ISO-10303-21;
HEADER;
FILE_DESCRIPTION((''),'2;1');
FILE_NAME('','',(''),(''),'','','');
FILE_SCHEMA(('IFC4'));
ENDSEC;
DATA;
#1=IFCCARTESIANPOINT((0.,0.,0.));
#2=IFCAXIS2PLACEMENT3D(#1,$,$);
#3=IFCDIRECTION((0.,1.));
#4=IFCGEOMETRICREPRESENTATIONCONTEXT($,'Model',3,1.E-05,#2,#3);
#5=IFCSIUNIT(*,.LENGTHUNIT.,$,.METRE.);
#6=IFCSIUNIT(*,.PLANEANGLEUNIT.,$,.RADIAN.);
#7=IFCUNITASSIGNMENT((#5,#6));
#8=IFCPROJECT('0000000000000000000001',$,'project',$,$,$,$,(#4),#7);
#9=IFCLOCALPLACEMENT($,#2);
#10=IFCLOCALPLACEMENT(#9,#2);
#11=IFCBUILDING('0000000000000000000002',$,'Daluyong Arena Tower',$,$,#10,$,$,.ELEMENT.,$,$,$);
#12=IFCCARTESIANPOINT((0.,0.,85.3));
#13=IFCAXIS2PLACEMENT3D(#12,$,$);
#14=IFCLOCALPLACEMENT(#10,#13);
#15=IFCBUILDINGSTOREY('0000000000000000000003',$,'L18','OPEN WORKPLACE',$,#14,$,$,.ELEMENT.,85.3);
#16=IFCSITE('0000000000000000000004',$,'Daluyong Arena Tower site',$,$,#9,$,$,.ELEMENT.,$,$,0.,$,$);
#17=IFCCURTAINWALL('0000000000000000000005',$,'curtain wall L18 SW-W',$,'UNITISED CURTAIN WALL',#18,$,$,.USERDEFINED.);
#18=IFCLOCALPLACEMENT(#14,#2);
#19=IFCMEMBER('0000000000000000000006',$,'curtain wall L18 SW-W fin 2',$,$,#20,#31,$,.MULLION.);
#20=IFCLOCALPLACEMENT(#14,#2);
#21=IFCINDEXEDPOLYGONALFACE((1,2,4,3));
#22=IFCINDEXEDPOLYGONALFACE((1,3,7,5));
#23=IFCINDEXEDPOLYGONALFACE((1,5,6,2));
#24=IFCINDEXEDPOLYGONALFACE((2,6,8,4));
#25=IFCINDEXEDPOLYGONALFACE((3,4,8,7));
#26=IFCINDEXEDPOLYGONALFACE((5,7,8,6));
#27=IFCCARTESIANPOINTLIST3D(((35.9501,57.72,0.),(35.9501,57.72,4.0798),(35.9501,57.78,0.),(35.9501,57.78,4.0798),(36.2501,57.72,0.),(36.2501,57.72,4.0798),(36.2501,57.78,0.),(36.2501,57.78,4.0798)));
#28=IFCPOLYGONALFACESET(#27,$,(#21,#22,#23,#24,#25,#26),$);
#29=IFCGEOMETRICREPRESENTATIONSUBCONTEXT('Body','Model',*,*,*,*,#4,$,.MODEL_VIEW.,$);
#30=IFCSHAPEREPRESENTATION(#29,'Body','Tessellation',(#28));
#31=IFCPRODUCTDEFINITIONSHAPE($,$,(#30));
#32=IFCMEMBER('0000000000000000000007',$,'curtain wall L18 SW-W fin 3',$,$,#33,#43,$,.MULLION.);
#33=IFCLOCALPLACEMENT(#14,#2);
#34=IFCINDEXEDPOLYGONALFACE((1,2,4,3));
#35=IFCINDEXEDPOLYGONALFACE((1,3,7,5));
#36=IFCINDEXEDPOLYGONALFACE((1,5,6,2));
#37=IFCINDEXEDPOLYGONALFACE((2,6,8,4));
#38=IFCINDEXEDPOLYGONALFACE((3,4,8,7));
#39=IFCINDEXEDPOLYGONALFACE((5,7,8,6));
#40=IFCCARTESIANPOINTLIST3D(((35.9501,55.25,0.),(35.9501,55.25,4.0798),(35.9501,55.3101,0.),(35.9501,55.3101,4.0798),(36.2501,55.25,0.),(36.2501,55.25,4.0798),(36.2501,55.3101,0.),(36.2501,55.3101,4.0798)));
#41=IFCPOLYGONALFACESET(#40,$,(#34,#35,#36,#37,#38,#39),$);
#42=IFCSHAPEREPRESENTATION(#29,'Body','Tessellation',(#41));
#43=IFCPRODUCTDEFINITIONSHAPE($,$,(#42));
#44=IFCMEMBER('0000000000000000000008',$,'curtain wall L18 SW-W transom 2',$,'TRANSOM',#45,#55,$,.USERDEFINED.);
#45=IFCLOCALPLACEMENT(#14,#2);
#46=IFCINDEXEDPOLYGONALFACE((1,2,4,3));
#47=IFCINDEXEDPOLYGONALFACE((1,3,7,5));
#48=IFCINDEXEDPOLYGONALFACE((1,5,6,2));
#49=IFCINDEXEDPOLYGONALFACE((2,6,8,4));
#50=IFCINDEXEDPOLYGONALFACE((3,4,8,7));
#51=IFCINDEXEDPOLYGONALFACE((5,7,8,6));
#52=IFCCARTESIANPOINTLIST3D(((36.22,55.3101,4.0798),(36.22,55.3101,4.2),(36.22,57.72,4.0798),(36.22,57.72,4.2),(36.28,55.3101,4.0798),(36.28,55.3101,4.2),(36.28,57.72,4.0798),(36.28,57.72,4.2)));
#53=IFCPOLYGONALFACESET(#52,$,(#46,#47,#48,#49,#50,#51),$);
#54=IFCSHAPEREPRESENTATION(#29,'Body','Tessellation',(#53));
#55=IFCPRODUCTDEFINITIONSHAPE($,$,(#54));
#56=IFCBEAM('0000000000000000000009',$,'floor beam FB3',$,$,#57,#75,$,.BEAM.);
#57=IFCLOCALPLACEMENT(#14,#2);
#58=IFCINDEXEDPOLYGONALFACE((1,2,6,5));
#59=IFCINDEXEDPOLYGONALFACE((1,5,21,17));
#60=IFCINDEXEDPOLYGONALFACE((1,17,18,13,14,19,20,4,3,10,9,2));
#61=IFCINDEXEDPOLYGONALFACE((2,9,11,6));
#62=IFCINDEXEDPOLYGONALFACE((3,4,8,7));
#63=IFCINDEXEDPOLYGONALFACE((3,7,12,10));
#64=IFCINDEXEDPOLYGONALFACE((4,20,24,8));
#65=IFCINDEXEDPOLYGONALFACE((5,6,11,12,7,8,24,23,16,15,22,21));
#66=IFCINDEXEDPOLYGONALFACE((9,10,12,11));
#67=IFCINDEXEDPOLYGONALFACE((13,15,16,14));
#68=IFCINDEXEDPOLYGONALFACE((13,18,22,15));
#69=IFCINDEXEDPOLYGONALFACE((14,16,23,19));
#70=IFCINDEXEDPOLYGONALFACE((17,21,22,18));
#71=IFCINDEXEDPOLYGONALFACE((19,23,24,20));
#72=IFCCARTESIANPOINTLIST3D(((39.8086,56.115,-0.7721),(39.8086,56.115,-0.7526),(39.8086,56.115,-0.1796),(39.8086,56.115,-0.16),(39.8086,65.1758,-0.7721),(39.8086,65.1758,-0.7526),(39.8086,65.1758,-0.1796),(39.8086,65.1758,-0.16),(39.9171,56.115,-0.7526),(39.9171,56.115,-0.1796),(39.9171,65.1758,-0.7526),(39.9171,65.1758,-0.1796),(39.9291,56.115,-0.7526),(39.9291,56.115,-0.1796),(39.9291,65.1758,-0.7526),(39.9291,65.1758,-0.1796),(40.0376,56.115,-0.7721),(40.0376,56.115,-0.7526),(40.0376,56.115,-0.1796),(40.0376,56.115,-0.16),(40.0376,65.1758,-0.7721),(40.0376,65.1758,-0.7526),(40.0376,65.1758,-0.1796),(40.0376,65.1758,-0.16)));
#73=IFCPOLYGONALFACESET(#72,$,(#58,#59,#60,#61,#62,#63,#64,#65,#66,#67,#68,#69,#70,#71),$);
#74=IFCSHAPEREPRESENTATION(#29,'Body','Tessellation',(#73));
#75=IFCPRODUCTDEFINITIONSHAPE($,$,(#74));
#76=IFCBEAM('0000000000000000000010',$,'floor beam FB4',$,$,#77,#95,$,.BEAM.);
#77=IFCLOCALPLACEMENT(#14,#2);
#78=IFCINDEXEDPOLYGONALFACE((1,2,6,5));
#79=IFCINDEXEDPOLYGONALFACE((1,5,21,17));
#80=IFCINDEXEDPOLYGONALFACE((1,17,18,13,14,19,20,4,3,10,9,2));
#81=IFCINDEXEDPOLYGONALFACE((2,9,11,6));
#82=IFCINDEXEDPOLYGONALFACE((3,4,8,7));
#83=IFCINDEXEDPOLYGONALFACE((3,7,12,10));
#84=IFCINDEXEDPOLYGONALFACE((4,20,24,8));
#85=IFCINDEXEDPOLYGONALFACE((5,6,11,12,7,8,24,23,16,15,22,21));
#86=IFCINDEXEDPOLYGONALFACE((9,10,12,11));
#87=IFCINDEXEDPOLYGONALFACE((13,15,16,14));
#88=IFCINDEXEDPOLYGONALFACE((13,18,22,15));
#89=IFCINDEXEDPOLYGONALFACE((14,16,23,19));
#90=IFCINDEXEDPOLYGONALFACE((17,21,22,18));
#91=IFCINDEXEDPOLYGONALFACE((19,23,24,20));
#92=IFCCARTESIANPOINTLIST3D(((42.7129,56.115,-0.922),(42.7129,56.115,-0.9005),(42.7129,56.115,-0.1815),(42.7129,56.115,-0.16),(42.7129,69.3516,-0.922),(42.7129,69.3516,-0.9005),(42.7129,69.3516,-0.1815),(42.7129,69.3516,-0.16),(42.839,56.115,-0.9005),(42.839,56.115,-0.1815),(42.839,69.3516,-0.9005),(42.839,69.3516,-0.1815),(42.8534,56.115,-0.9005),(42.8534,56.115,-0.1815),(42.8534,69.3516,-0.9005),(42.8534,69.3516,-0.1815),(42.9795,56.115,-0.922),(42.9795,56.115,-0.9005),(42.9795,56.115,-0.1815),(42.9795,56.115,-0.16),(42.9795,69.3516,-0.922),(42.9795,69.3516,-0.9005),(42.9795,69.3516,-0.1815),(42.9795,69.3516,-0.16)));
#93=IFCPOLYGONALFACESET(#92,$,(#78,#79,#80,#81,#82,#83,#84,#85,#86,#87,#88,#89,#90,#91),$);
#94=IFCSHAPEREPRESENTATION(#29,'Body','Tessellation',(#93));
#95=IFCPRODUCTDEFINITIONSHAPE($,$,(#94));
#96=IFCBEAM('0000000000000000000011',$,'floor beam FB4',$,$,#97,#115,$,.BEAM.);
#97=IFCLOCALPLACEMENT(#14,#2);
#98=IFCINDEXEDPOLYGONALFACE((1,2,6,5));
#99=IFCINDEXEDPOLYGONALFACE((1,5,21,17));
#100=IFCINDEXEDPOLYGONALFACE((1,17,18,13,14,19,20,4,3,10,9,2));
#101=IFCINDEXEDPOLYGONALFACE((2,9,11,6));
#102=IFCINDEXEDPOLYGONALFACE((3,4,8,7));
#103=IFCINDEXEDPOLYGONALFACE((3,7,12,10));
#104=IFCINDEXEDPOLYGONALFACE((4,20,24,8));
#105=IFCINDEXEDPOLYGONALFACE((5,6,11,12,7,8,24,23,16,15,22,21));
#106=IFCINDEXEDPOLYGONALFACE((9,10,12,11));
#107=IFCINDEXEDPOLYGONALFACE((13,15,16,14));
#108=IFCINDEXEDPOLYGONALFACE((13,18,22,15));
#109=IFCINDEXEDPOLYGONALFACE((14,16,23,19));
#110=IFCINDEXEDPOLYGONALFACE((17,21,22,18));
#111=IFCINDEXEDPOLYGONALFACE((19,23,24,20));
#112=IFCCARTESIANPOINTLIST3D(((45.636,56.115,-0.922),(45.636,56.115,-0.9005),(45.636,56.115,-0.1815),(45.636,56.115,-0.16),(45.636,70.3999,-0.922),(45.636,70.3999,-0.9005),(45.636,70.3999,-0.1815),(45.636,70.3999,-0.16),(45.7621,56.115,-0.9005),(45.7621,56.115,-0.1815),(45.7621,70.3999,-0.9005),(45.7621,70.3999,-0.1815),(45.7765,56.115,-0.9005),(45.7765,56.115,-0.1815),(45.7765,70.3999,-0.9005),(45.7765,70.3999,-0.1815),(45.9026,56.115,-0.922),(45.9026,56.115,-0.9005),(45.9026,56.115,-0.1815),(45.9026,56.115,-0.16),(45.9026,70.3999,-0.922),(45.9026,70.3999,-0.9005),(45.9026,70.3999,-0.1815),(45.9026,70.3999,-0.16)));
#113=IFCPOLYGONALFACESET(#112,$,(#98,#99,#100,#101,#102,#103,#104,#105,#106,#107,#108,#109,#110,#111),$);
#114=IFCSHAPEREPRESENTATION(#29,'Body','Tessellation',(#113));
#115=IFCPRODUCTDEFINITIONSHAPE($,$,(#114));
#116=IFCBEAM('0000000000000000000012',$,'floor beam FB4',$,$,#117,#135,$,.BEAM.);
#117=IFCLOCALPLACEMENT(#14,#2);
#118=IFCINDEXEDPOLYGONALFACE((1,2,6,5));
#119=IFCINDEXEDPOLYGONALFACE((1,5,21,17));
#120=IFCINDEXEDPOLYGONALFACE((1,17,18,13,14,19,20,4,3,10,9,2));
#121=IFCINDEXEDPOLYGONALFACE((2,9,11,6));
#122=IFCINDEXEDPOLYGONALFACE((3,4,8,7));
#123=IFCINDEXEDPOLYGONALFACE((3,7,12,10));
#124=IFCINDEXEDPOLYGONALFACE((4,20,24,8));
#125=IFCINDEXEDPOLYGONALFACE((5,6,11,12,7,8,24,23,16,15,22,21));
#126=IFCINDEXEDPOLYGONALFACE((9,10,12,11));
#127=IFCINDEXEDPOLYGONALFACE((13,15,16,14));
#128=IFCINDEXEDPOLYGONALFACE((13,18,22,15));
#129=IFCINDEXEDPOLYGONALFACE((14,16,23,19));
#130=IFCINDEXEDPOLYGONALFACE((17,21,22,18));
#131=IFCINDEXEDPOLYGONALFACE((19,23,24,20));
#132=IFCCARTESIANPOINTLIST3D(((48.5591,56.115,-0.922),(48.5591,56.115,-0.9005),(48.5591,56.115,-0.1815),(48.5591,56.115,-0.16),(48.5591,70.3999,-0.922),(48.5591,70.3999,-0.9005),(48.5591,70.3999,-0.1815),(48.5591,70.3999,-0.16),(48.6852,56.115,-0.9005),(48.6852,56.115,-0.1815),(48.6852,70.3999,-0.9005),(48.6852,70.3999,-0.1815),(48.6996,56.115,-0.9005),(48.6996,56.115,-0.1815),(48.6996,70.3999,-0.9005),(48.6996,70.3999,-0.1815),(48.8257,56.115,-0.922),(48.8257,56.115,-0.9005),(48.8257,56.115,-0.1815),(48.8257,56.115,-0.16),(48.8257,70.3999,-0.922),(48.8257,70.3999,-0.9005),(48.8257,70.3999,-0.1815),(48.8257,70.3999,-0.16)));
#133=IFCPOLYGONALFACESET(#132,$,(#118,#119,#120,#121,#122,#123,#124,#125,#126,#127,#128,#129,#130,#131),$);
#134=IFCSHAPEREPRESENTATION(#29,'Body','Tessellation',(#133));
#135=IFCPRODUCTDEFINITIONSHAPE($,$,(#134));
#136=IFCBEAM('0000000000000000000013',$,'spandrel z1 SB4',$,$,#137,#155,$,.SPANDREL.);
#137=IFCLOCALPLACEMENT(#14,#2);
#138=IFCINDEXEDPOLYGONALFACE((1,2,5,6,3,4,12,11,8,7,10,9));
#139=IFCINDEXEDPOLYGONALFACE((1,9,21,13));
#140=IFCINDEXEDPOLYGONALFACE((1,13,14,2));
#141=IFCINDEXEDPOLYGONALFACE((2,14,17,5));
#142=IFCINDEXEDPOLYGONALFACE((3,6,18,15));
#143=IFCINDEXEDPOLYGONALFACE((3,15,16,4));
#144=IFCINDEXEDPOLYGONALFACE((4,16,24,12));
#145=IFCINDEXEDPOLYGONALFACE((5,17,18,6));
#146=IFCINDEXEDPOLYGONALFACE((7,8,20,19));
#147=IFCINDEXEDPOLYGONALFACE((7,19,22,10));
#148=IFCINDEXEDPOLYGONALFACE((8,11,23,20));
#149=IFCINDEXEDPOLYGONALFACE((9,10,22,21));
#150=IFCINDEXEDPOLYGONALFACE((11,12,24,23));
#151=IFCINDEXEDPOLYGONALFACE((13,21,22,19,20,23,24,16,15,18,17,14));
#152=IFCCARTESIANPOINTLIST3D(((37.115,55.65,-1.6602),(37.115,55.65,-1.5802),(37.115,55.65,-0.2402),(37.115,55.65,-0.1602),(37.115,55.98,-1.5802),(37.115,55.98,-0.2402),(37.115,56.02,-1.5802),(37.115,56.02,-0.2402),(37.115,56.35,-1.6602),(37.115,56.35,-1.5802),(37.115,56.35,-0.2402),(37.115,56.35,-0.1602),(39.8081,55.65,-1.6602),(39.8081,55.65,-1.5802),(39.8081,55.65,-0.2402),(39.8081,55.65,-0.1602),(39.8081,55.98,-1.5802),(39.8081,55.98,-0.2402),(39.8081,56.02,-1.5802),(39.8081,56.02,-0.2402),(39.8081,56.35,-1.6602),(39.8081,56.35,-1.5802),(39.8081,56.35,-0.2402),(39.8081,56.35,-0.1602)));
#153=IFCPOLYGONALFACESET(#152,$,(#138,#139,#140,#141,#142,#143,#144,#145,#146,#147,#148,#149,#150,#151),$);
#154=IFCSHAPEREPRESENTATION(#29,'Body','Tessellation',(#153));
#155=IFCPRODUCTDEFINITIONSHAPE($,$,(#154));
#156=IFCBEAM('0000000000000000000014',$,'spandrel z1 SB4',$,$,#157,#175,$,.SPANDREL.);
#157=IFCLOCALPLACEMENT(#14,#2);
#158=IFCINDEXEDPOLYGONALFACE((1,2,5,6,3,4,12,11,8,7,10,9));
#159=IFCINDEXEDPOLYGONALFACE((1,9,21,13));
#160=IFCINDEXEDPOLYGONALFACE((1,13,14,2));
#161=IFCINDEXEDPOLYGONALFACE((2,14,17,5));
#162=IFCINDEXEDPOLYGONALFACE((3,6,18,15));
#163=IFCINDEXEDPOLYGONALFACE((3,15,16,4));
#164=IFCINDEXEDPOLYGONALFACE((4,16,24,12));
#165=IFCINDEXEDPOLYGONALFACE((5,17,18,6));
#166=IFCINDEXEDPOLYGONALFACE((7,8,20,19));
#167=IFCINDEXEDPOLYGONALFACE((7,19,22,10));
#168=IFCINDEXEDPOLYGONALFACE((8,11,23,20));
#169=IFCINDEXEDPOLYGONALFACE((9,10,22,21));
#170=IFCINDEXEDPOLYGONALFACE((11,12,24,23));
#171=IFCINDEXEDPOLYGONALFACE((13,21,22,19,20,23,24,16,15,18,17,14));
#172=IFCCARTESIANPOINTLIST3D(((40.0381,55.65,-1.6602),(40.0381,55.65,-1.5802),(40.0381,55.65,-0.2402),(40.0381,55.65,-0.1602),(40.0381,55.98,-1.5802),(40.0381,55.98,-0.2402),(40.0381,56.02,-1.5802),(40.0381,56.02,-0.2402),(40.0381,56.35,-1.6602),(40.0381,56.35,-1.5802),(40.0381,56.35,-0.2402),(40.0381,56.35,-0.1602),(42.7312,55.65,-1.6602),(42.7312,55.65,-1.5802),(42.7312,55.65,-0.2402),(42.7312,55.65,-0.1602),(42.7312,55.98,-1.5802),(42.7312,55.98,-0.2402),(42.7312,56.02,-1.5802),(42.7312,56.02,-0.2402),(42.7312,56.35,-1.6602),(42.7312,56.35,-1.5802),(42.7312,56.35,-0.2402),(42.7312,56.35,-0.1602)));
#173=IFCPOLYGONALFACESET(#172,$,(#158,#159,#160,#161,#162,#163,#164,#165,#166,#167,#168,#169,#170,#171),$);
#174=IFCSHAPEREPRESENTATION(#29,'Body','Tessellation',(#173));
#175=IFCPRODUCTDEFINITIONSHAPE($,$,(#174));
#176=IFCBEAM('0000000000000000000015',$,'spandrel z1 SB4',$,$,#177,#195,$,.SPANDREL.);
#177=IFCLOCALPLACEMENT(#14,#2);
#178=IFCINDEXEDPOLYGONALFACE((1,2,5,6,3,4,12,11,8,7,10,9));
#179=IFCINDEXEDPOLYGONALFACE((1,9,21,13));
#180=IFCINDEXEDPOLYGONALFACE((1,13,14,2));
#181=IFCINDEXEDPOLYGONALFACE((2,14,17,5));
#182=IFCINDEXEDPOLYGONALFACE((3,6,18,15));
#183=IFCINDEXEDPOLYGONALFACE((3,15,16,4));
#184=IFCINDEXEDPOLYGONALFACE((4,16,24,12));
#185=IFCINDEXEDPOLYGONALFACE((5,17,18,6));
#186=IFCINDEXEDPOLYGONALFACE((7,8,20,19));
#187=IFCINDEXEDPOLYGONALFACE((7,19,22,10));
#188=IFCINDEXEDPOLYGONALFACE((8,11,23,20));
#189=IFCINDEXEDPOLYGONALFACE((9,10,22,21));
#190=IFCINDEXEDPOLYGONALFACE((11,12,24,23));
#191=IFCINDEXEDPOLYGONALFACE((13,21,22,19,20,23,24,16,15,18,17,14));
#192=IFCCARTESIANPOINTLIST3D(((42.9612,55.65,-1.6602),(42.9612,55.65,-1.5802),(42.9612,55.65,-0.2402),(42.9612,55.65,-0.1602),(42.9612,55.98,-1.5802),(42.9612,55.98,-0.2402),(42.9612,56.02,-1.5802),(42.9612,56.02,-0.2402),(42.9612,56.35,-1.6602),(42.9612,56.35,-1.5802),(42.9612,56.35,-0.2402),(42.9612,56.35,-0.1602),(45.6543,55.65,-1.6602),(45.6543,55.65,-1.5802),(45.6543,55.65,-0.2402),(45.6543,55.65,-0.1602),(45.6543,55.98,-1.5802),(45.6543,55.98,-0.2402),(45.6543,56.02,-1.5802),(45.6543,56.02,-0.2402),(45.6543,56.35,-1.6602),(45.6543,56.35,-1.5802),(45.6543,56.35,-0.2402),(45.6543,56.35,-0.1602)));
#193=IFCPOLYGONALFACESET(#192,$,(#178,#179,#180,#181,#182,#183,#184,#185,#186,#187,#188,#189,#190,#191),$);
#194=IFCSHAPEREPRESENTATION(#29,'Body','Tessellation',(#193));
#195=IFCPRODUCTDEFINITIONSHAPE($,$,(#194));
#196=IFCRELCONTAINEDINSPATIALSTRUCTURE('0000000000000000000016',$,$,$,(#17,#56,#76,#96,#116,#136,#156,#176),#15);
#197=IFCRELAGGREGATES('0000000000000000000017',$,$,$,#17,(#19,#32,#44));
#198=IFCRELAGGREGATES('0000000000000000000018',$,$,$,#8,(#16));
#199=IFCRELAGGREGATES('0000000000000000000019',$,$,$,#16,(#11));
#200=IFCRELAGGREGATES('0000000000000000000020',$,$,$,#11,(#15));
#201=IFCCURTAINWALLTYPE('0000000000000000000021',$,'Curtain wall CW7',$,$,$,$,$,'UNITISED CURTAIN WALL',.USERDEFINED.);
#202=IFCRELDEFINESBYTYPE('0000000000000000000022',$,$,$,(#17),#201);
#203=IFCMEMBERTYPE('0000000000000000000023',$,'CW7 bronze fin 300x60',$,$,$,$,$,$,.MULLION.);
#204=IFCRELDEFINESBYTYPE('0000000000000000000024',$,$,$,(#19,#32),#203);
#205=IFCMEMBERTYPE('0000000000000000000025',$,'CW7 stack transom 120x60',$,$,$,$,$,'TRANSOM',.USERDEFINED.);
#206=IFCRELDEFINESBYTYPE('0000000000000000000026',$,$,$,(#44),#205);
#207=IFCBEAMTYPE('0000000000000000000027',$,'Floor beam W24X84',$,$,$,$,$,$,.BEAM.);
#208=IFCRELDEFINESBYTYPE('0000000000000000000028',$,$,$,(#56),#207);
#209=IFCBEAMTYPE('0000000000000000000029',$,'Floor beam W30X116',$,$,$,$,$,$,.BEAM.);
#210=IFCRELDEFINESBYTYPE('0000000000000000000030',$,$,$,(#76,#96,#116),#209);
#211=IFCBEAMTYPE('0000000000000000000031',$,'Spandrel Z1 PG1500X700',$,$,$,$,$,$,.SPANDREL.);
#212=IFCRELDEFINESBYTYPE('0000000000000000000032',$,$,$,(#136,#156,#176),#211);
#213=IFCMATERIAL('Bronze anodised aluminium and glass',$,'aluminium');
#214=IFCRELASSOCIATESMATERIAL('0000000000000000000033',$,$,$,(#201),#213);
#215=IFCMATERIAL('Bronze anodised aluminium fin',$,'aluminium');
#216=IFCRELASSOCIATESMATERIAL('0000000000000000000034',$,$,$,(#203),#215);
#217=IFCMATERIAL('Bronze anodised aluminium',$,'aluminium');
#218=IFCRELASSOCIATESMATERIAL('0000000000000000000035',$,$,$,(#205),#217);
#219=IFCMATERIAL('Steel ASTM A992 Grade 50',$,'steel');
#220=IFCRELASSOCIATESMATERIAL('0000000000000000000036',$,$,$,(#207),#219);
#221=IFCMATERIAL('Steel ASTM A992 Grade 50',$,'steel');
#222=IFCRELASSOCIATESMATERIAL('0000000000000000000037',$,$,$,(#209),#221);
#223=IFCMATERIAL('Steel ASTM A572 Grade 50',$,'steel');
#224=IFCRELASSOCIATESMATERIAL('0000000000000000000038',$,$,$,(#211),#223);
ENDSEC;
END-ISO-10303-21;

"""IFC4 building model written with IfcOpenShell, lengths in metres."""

from ifc_helpers import new_model, si_unit, direction, frame, origin, origin_2d, place, context, subcontext, project, spatial, rectangle, i_section, extrude, material, material_profile, profile_set, type_object, element, aggregate, save


model = new_model("IFC4")

# Units and contexts
model_context = context("Model", 3, precision=1e-05, world=origin(), true_north=direction((0.0, 1.0)))
body_context = subcontext(model_context, "Body", "Model", "MODEL_VIEW")
ifc_project = project(units=[si_unit("LENGTHUNIT", "METRE"), si_unit("PLANEANGLEUNIT", "RADIAN")], contexts=[model_context])

# Site, building, storey
site_placement = place(None, origin())
site = spatial("IfcSite", under=ifc_project, at=site_placement, Name="Daluyong Arena Tower site", CompositionType="ELEMENT", RefElevation=0.0)
building_placement = place(site_placement, origin())
building = spatial("IfcBuilding", under=site, at=building_placement, Name="Daluyong Arena Tower", CompositionType="ELEMENT")
storey_placement = place(building_placement, frame((0.0, 0.0, 85.3)))
storey = spatial("IfcBuildingStorey", under=building, at=storey_placement, Name="L18", Description="OPEN WORKPLACE", CompositionType="ELEMENT", Elevation=85.3)

# Curtain wall, members
ifc_material_1 = material(Name="Bronze anodised aluminium and glass", Category="aluminium")
curtain_wall_type_1 = type_object("IfcCurtainWallType", Name="Curtain wall CW7", ElementType="UNITISED CURTAIN WALL", PredefinedType="USERDEFINED", material=ifc_material_1)
curtain_wall_1_placement = place(storey_placement, origin())
curtain_wall_1 = element("IfcCurtainWall", 1, at=curtain_wall_1_placement, inside=storey, type_object=curtain_wall_type_1, Name="curtain wall L18 SW-W", ObjectType="UNITISED CURTAIN WALL", PredefinedType="USERDEFINED")
ifc_material_2 = material(Name="Bronze anodised aluminium fin", Category="aluminium")
ifc_material_profile_1 = material_profile(ifc_material_2, rectangle(XDim=0.3, YDim=0.0601, at=origin_2d()))
ifc_profile_set_1 = profile_set([ifc_material_profile_1], Name="Bronze anodised aluminium fin")
member_type_1 = type_object("IfcMemberType", Name="CW7 bronze fin 300x60", PredefinedType="MULLION", material=ifc_profile_set_1)
member_1_placement = place(storey_placement, frame((36.1001, 57.75, 0.0), z_axis=(0.0, 0.0, 1.0), x_axis=(1.0, 0.0, 0.0)))
member_1 = element("IfcMember", 2, at=member_1_placement, type_object=member_type_1, Name="curtain wall L18 SW-W fin 2", PredefinedType="MULLION", context=body_context, shape_type="SweptSolid", body=[
    extrude(rectangle(XDim=0.3, YDim=0.0601, at=origin_2d()), origin(), (0.0, 0.0, 1.0), 4.0798),
])
member_2_placement = place(storey_placement, frame((36.1001, 55.28, 0.0), z_axis=(0.0, 0.0, 1.0), x_axis=(1.0, 0.0, 0.0)))
member_2 = element("IfcMember", 3, at=member_2_placement, type_object=member_type_1, Name="curtain wall L18 SW-W fin 3", PredefinedType="MULLION", context=body_context, shape_type="SweptSolid", body=[
    extrude(rectangle(XDim=0.3, YDim=0.0601, at=origin_2d()), origin(), (0.0, 0.0, 1.0), 4.0798),
])
ifc_material_3 = material(Name="Bronze anodised aluminium", Category="aluminium")
ifc_material_profile_2 = material_profile(ifc_material_3, rectangle(XDim=0.0601, YDim=0.1201, at=origin_2d()))
ifc_profile_set_2 = profile_set([ifc_material_profile_2], Name="Bronze anodised aluminium")
member_type_2 = type_object("IfcMemberType", Name="CW7 stack transom 120x60", ElementType="TRANSOM", PredefinedType="USERDEFINED", material=ifc_profile_set_2)
member_3_placement = place(storey_placement, frame((36.25, 57.72, 4.1399), z_axis=(0.0, -1.0, 0.0), x_axis=(1.0, 0.0, 0.0)))
member_3 = element("IfcMember", 4, at=member_3_placement, type_object=member_type_2, Name="curtain wall L18 SW-W transom 2", ObjectType="TRANSOM", PredefinedType="USERDEFINED", context=body_context, shape_type="SweptSolid", body=[
    extrude(rectangle(XDim=0.0601, YDim=0.1201, at=origin_2d()), origin(), (0.0, 0.0, 1.0), 2.4099),
])

# Beams
ifc_material_4 = material(Name="Steel ASTM A992 Grade 50", Category="steel")
ifc_material_profile_3 = material_profile(ifc_material_4, i_section(OverallWidth=0.229, OverallDepth=0.6121, WebThickness=0.012, FlangeThickness=0.0195, at=origin_2d()))
ifc_profile_set_3 = profile_set([ifc_material_profile_3], Name="Steel ASTM A992 Grade 50")
beam_type_1 = type_object("IfcBeamType", Name="Floor beam W24X84", PredefinedType="BEAM", material=ifc_profile_set_3)
beam_1_placement = place(storey_placement, frame((39.9231, 56.115, -0.4661), z_axis=(0.0, 1.0, 0.0), x_axis=(-1.0, 0.0, 0.0)))
element("IfcBeam", 5, at=beam_1_placement, inside=storey, type_object=beam_type_1, Name="floor beam FB3", PredefinedType="BEAM", context=body_context, shape_type="SweptSolid", body=[
    extrude(i_section(OverallWidth=0.229, OverallDepth=0.6121, WebThickness=0.012, FlangeThickness=0.0195, at=origin_2d()), origin(), (0.0, 0.0, 1.0), 9.0608),
])
ifc_material_5 = material(Name="Steel ASTM A992 Grade 50", Category="steel")
ifc_material_profile_4 = material_profile(ifc_material_5, i_section(OverallWidth=0.2666, OverallDepth=0.762, WebThickness=0.0144, FlangeThickness=0.0215, at=origin_2d()))
ifc_profile_set_4 = profile_set([ifc_material_profile_4], Name="Steel ASTM A992 Grade 50")
beam_type_2 = type_object("IfcBeamType", Name="Floor beam W30X116", PredefinedType="BEAM", material=ifc_profile_set_4)
beam_2_placement = place(storey_placement, frame((42.8462, 56.115, -0.541), z_axis=(0.0, 1.0, 0.0), x_axis=(-1.0, 0.0, 0.0)))
element("IfcBeam", 6, at=beam_2_placement, inside=storey, type_object=beam_type_2, Name="floor beam FB4", PredefinedType="BEAM", context=body_context, shape_type="SweptSolid", body=[
    extrude(i_section(OverallWidth=0.2666, OverallDepth=0.762, WebThickness=0.0144, FlangeThickness=0.0215, at=origin_2d()), origin(), (0.0, 0.0, 1.0), 13.2366),
])
for number, where, z_axis, x_axis, name in (
    (7, (45.7693, 56.115, -0.541), (0.0, 1.0, 0.0), (-1.0, 0.0, 0.0), "floor beam FB4"),
    (8, (48.6924, 56.115, -0.541), (0.0, 1.0, 0.0), (-1.0, 0.0, 0.0), "floor beam FB4"),
):
    element("IfcBeam", number, at=place(storey_placement, frame(where, z_axis=z_axis, x_axis=x_axis)), inside=storey, type_object=beam_type_2, Name=name, PredefinedType="BEAM", context=body_context, shape_type="SweptSolid", body=[
        extrude(i_section(OverallWidth=0.2666, OverallDepth=0.762, WebThickness=0.0144, FlangeThickness=0.0215, at=origin_2d()), origin(), (0.0, 0.0, 1.0), 14.2849),
    ])
ifc_material_6 = material(Name="Steel ASTM A572 Grade 50", Category="steel")
ifc_material_profile_5 = material_profile(ifc_material_6, i_section(OverallWidth=0.7, OverallDepth=1.5, WebThickness=0.04, FlangeThickness=0.08, at=origin_2d()))
ifc_profile_set_5 = profile_set([ifc_material_profile_5], Name="Steel ASTM A572 Grade 50")
beam_type_3 = type_object("IfcBeamType", Name="Spandrel Z1 PG1500X700", PredefinedType="SPANDREL", material=ifc_profile_set_5)
for number, where, z_axis, x_axis, name in (
    (9, (37.115, 56.0, -0.9102), (1.0, 0.0, 0.0), (0.0, 1.0, 0.0), "spandrel z1 SB4"),
    (10, (40.0381, 56.0, -0.9102), (1.0, 0.0, 0.0), (0.0, 1.0, 0.0), "spandrel z1 SB4"),
    (11, (42.9612, 56.0, -0.9102), (1.0, 0.0, 0.0), (0.0, 1.0, 0.0), "spandrel z1 SB4"),
):
    element("IfcBeam", number, at=place(storey_placement, frame(where, z_axis=z_axis, x_axis=x_axis)), inside=storey, type_object=beam_type_3, Name=name, PredefinedType="SPANDREL", context=body_context, shape_type="SweptSolid", body=[
        extrude(i_section(OverallWidth=0.7, OverallDepth=1.5, WebThickness=0.04, FlangeThickness=0.08, at=origin_2d()), origin(), (0.0, 0.0, 1.0), 2.6931),
    ])

aggregate(curtain_wall_1, [member_1, member_2, member_3])

save(model, "model.ifc")
